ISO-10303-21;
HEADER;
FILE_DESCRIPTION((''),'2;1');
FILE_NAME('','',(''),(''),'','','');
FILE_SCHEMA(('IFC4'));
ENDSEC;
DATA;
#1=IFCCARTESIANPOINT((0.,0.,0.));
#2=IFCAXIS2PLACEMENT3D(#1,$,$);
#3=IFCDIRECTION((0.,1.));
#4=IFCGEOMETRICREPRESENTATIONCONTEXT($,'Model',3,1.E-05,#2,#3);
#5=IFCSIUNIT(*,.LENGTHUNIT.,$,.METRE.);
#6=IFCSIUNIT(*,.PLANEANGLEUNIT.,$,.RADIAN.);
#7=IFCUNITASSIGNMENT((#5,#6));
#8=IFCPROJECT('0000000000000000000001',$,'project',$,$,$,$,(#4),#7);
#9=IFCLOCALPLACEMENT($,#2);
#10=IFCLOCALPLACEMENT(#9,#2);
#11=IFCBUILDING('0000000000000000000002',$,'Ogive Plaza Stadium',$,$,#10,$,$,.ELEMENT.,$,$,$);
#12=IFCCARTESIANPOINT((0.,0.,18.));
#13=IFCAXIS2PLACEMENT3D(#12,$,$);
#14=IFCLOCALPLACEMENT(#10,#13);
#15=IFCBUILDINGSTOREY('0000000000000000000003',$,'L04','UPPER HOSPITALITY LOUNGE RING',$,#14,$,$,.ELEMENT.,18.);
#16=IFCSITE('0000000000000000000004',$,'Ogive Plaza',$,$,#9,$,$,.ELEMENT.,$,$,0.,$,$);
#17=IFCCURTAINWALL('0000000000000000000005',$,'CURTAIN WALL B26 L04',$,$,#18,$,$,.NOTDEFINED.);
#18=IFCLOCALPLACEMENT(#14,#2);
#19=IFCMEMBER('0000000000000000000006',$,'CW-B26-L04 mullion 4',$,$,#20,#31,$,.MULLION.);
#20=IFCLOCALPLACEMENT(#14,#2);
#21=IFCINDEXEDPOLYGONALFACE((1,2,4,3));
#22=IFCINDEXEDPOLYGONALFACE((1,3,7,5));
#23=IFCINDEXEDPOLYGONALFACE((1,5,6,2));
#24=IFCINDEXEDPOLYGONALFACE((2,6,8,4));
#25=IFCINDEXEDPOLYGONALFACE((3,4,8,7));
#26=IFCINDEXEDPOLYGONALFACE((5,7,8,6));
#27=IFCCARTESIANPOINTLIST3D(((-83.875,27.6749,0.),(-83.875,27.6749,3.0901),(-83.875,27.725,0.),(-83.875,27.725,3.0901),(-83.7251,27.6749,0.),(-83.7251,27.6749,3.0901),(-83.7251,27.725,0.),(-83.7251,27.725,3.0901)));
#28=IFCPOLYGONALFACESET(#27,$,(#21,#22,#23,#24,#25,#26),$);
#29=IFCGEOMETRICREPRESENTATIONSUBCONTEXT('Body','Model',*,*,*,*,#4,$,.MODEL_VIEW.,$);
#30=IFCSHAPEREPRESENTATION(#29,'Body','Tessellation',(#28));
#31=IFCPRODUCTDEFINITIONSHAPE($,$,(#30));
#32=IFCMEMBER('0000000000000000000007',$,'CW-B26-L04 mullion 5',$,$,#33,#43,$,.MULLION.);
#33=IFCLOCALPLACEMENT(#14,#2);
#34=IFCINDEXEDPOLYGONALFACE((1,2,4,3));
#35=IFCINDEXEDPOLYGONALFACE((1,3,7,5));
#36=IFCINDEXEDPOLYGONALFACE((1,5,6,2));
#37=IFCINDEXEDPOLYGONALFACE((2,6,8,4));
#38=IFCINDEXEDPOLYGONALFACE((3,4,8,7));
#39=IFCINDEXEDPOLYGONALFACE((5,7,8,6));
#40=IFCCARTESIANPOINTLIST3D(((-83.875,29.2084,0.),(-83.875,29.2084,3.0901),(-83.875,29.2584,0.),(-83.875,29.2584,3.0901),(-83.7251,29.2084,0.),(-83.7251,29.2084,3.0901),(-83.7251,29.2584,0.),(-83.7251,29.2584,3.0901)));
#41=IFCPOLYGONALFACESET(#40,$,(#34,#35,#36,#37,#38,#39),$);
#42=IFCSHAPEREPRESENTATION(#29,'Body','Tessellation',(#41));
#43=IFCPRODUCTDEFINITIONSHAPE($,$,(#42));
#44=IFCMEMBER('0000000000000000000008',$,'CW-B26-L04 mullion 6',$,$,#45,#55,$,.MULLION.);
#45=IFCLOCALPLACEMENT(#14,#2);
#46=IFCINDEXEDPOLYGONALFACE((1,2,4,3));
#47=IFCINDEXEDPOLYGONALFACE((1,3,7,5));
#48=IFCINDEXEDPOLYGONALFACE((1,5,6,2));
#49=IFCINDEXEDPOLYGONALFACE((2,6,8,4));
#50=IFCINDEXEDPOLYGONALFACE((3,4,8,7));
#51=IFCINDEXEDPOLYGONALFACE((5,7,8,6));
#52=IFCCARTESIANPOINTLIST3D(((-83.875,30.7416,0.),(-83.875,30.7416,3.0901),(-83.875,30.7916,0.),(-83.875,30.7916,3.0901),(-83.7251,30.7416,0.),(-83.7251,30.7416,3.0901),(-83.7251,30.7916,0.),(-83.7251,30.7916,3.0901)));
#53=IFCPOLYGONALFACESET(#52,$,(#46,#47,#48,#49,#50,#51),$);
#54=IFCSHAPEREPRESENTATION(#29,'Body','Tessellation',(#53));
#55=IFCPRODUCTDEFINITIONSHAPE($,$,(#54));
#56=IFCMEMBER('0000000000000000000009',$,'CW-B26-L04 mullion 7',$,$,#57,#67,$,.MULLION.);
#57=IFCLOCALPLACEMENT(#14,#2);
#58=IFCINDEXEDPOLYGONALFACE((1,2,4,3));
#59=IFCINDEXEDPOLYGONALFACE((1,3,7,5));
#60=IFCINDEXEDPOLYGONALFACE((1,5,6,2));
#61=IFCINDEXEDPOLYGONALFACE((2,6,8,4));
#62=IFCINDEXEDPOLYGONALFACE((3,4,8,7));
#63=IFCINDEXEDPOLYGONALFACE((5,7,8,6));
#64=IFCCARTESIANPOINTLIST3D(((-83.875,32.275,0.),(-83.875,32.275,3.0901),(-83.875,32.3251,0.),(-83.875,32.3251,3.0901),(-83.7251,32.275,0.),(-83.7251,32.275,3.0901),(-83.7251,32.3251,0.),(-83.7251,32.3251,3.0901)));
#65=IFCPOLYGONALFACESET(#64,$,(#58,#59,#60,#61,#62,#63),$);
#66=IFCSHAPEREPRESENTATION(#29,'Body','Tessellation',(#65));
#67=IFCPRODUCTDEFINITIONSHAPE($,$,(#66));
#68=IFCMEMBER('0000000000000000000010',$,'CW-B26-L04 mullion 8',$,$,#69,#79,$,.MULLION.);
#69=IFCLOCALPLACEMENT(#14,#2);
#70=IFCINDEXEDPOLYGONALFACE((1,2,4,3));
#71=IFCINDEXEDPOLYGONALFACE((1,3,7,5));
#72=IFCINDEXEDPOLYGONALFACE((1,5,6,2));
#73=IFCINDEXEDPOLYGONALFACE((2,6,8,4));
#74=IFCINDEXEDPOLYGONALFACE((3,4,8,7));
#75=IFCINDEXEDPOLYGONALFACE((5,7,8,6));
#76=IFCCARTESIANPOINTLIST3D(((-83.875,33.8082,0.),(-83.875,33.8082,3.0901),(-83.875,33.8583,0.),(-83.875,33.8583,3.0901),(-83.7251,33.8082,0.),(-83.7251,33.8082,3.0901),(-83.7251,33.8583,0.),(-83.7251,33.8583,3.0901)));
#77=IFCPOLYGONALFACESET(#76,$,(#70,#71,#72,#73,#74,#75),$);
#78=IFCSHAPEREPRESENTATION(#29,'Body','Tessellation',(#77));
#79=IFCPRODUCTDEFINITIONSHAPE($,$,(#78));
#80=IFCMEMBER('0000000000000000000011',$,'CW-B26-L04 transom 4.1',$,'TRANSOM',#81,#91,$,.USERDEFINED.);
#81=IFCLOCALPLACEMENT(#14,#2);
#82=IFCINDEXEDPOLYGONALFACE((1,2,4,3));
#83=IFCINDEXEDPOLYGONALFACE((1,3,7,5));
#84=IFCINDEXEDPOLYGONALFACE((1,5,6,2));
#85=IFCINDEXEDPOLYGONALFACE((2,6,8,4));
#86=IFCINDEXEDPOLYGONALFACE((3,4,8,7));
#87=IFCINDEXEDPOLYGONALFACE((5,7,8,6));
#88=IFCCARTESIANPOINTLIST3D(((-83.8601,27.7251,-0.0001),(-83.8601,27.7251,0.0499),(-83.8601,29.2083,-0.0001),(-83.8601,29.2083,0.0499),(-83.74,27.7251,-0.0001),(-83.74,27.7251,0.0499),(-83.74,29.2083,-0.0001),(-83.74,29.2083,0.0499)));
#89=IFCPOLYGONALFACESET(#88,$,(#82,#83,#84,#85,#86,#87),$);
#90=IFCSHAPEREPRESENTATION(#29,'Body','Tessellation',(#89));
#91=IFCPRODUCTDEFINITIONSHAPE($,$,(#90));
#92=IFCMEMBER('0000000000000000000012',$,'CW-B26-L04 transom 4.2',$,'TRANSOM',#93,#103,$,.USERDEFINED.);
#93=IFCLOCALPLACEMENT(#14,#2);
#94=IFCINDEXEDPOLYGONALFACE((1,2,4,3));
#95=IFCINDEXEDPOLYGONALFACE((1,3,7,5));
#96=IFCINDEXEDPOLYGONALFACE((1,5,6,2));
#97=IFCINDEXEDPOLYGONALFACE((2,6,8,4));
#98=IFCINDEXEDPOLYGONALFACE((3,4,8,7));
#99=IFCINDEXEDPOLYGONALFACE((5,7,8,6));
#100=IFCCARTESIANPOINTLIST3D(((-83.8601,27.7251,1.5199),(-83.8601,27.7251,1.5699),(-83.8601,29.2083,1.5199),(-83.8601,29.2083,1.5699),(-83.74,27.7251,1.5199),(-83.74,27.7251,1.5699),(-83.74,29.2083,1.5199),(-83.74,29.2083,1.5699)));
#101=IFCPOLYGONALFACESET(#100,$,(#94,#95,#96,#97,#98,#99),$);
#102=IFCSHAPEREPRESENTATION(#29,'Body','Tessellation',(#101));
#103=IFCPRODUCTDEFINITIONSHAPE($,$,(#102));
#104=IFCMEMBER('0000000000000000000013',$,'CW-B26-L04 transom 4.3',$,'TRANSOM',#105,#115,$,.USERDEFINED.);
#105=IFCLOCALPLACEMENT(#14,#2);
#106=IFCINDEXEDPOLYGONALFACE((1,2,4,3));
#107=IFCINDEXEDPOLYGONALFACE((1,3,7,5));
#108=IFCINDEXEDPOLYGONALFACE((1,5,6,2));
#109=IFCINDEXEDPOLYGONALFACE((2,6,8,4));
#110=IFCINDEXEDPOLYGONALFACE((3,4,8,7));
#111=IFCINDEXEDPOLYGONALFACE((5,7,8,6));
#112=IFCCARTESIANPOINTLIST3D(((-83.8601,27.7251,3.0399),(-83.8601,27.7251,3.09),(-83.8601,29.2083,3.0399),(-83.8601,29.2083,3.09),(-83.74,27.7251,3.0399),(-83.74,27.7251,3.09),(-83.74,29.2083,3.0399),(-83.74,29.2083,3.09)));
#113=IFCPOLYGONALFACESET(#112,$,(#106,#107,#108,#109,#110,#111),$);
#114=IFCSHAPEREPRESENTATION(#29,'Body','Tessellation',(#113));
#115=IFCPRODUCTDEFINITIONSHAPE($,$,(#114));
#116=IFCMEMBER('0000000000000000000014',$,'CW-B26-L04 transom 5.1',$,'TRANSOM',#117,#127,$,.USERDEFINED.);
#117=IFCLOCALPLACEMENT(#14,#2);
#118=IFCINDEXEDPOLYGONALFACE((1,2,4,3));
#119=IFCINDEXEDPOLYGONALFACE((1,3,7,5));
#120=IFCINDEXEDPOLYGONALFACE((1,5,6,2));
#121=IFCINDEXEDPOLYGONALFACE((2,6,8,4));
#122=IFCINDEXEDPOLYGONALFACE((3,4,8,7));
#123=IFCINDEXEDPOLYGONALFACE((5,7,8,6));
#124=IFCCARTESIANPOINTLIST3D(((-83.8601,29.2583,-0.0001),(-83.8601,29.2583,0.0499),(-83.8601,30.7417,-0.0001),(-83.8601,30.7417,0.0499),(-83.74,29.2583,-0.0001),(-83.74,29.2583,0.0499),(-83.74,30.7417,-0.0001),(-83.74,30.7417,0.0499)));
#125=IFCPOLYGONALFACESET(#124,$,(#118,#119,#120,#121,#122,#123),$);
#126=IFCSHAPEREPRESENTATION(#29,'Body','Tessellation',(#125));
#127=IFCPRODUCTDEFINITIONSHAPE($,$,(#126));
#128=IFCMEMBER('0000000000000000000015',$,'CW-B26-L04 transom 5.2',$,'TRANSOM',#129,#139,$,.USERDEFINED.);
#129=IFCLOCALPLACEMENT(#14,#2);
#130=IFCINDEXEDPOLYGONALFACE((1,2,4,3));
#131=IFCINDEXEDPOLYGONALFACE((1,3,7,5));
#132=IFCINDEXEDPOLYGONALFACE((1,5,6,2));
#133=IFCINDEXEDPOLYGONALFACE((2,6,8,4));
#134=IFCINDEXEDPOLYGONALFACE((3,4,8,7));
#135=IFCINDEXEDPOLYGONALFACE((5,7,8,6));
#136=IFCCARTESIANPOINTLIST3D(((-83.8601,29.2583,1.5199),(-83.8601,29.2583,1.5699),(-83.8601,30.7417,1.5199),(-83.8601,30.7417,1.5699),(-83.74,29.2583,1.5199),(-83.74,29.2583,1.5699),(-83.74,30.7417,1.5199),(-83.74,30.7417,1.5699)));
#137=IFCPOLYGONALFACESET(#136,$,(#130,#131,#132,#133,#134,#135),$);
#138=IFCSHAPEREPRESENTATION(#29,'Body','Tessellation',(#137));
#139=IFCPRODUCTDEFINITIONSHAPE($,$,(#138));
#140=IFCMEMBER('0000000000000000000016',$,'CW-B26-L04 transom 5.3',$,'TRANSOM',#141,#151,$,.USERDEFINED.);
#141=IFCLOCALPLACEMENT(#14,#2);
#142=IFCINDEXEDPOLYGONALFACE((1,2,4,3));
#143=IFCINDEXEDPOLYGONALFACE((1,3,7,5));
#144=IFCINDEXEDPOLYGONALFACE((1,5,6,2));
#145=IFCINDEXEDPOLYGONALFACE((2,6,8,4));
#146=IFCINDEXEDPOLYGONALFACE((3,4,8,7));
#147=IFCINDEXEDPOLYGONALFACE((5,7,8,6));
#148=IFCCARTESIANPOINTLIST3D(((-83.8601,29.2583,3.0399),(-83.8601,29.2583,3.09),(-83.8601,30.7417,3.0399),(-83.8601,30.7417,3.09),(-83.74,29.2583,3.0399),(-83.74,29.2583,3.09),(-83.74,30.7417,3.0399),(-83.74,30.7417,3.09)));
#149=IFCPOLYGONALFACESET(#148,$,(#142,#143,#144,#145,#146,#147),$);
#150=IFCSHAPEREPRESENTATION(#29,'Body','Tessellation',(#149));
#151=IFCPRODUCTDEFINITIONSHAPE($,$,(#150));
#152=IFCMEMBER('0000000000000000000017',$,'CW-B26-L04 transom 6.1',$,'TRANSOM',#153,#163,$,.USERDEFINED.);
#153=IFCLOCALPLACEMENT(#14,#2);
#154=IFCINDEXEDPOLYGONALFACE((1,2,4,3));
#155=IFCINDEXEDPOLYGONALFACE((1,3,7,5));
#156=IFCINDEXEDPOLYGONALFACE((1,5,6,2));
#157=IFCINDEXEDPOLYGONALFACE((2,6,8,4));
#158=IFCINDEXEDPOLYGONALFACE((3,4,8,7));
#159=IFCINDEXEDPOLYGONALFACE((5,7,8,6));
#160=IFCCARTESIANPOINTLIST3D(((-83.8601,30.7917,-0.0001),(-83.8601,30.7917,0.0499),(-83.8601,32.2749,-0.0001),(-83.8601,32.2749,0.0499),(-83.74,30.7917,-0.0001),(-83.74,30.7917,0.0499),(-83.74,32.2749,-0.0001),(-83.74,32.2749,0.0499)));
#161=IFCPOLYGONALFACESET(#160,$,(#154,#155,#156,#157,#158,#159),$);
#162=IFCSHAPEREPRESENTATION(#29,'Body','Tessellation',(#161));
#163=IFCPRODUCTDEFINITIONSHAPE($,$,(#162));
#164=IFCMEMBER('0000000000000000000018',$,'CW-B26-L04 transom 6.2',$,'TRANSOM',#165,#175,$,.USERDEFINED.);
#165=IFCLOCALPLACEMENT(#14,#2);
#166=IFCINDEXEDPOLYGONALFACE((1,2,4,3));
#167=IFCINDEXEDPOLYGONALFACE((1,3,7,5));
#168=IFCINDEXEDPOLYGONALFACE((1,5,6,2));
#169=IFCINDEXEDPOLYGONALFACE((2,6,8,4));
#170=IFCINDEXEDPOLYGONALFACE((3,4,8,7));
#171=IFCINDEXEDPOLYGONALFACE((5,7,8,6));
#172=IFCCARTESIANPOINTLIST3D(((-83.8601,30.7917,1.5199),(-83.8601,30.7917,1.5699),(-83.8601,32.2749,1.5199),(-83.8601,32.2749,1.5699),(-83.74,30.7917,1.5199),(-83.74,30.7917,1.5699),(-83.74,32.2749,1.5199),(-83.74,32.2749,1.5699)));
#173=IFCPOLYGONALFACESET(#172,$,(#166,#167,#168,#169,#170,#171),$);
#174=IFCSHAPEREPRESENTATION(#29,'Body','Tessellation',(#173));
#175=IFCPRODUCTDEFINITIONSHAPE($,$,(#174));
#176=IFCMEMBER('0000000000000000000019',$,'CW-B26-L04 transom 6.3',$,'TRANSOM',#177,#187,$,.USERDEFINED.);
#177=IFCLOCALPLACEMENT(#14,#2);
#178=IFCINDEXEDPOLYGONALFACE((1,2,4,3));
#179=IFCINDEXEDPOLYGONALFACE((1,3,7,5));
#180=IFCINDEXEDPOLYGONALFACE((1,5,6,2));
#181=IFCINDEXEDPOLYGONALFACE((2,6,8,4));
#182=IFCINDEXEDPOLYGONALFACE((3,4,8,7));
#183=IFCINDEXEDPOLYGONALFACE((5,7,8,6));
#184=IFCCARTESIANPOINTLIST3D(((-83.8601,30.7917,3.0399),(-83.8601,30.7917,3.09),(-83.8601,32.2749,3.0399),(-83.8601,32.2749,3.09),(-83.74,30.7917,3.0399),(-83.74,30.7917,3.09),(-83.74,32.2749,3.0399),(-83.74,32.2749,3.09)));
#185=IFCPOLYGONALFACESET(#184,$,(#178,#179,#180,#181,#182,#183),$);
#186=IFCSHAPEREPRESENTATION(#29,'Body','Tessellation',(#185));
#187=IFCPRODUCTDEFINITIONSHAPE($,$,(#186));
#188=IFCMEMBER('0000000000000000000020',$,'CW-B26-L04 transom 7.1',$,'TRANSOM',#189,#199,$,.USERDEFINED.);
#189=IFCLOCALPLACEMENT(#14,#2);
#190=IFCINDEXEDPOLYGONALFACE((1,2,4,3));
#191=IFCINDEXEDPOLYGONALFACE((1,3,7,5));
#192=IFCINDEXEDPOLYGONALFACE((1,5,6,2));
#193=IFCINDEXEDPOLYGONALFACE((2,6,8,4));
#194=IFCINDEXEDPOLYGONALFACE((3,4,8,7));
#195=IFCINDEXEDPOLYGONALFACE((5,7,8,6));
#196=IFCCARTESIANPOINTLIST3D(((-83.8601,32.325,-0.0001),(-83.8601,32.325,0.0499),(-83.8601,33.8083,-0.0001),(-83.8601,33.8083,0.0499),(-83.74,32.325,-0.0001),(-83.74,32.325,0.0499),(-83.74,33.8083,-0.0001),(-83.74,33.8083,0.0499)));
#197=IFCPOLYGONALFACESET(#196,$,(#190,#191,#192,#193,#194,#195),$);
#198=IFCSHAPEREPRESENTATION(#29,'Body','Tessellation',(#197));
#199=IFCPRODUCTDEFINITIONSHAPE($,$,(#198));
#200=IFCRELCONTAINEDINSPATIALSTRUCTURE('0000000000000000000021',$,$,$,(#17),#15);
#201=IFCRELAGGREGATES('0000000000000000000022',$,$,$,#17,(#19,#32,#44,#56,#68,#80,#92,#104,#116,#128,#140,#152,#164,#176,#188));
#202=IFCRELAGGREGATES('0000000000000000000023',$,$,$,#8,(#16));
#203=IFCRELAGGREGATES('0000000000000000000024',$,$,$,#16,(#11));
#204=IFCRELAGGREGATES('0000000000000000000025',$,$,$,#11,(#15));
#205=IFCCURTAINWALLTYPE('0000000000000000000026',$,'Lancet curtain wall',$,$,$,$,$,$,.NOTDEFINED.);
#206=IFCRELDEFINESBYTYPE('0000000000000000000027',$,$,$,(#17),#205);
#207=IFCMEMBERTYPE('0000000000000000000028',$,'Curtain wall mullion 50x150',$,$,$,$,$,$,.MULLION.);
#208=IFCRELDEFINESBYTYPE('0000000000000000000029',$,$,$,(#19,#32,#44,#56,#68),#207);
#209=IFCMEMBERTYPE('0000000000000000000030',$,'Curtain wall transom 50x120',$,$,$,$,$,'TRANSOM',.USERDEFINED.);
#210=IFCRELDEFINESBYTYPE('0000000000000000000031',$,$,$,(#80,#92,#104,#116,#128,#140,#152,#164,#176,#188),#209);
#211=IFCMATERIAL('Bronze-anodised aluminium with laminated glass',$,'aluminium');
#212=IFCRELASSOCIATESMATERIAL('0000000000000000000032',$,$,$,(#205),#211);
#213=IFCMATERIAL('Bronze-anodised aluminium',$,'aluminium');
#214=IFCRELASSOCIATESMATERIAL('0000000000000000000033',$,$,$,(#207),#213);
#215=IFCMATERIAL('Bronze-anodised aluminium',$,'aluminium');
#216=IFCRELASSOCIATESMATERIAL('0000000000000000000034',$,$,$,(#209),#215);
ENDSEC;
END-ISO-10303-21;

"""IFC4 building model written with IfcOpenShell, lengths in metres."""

from ifc_helpers import new_model, si_unit, direction, frame, origin, origin_2d, place, context, subcontext, project, spatial, rectangle, extrude, material, material_profile, profile_set, type_object, element, aggregate, save


model = new_model("IFC4")

# Units and contexts
model_context = context("Model", 3, precision=1e-05, world=origin(), true_north=direction((0.0, 1.0)))
body_context = subcontext(model_context, "Body", "Model", "MODEL_VIEW")
ifc_project = project(units=[si_unit("LENGTHUNIT", "METRE"), si_unit("PLANEANGLEUNIT", "RADIAN")], contexts=[model_context])

# Site, building, storey
site_placement = place(None, origin())
site = spatial("IfcSite", under=ifc_project, at=site_placement, Name="Ogive Plaza", CompositionType="ELEMENT", RefElevation=0.0)
building_placement = place(site_placement, origin())
building = spatial("IfcBuilding", under=site, at=building_placement, Name="Ogive Plaza Stadium", CompositionType="ELEMENT")
storey_placement = place(building_placement, frame((0.0, 0.0, 18.0)))
storey = spatial("IfcBuildingStorey", under=building, at=storey_placement, Name="L04", Description="UPPER HOSPITALITY LOUNGE RING", CompositionType="ELEMENT", Elevation=18.0)

# Curtain wall, members
ifc_material_1 = material(Name="Bronze-anodised aluminium with laminated glass", Category="aluminium")
curtain_wall_type = type_object("IfcCurtainWallType", Name="Lancet curtain wall", PredefinedType="NOTDEFINED", material=ifc_material_1)
curtain_wall_placement = place(storey_placement, origin())
curtain_wall = element("IfcCurtainWall", 1, at=curtain_wall_placement, inside=storey, type_object=curtain_wall_type, Name="CURTAIN WALL B26 L04", PredefinedType="NOTDEFINED")
ifc_material_2 = material(Name="Bronze-anodised aluminium", Category="aluminium")
ifc_material_profile_1 = material_profile(ifc_material_2, rectangle(XDim=0.1499, YDim=0.05, at=origin_2d()), Name="AL 150x50")
ifc_profile_set_1 = profile_set([ifc_material_profile_1], Name="Bronze-anodised aluminium")
member_type_1 = type_object("IfcMemberType", Name="Curtain wall mullion 50x150", PredefinedType="MULLION", material=ifc_profile_set_1)
member_1_placement = place(storey_placement, frame((-83.8, 27.7, 0.0), z_axis=(0.0, 0.0, 1.0), x_axis=(-1.0, 0.0, 0.0)))
member_1 = element("IfcMember", 2, at=member_1_placement, type_object=member_type_1, Name="CW-B26-L04 mullion 4", PredefinedType="MULLION", context=body_context, shape_type="SweptSolid", body=[
    extrude(rectangle(XDim=0.1499, YDim=0.05, at=origin_2d()), origin(), (0.0, 0.0, 1.0), 3.0901),
])
member_2_placement = place(storey_placement, frame((-83.8, 29.2334, 0.0), z_axis=(0.0, 0.0, 1.0), x_axis=(-1.0, 0.0, 0.0)))
member_2 = element("IfcMember", 3, at=member_2_placement, type_object=member_type_1, Name="CW-B26-L04 mullion 5", PredefinedType="MULLION", context=body_context, shape_type="SweptSolid", body=[
    extrude(rectangle(XDim=0.1499, YDim=0.05, at=origin_2d()), origin(), (0.0, 0.0, 1.0), 3.0901),
])
member_3_placement = place(storey_placement, frame((-83.8, 30.7666, 0.0), z_axis=(0.0, 0.0, 1.0), x_axis=(-1.0, 0.0, 0.0)))
member_3 = element("IfcMember", 4, at=member_3_placement, type_object=member_type_1, Name="CW-B26-L04 mullion 6", PredefinedType="MULLION", context=body_context, shape_type="SweptSolid", body=[
    extrude(rectangle(XDim=0.1499, YDim=0.05, at=origin_2d()), origin(), (0.0, 0.0, 1.0), 3.0901),
])
member_4_placement = place(storey_placement, frame((-83.8, 32.3, 0.0), z_axis=(0.0, 0.0, 1.0), x_axis=(-1.0, 0.0, 0.0)))
member_4 = element("IfcMember", 5, at=member_4_placement, type_object=member_type_1, Name="CW-B26-L04 mullion 7", PredefinedType="MULLION", context=body_context, shape_type="SweptSolid", body=[
    extrude(rectangle(XDim=0.1499, YDim=0.05, at=origin_2d()), origin(), (0.0, 0.0, 1.0), 3.0901),
])
member_5_placement = place(storey_placement, frame((-83.8, 33.8333, 0.0), z_axis=(0.0, 0.0, 1.0), x_axis=(-1.0, 0.0, 0.0)))
member_5 = element("IfcMember", 6, at=member_5_placement, type_object=member_type_1, Name="CW-B26-L04 mullion 8", PredefinedType="MULLION", context=body_context, shape_type="SweptSolid", body=[
    extrude(rectangle(XDim=0.1499, YDim=0.05, at=origin_2d()), origin(), (0.0, 0.0, 1.0), 3.0901),
])
ifc_material_3 = material(Name="Bronze-anodised aluminium", Category="aluminium")
ifc_material_profile_2 = material_profile(ifc_material_3, rectangle(XDim=0.1201, YDim=0.05, at=origin_2d()), Name="AL 120x50")
ifc_profile_set_2 = profile_set([ifc_material_profile_2], Name="Bronze-anodised aluminium")
member_type_2 = type_object("IfcMemberType", Name="Curtain wall transom 50x120", ElementType="TRANSOM", PredefinedType="USERDEFINED", material=ifc_profile_set_2)
member_6_placement = place(storey_placement, frame((-83.8, 27.7251, 0.0249), z_axis=(0.0, 1.0, 0.0), x_axis=(-1.0, 0.0, 0.0)))
member_6 = element("IfcMember", 7, at=member_6_placement, type_object=member_type_2, Name="CW-B26-L04 transom 4.1", ObjectType="TRANSOM", PredefinedType="USERDEFINED", context=body_context, shape_type="SweptSolid", body=[
    extrude(rectangle(XDim=0.1201, YDim=0.05, at=origin_2d()), origin(), (0.0, 0.0, 1.0), 1.4832),
])
member_7_placement = place(storey_placement, frame((-83.8, 27.7251, 1.5449), z_axis=(0.0, 1.0, 0.0), x_axis=(-1.0, 0.0, 0.0)))
member_7 = element("IfcMember", 8, at=member_7_placement, type_object=member_type_2, Name="CW-B26-L04 transom 4.2", ObjectType="TRANSOM", PredefinedType="USERDEFINED", context=body_context, shape_type="SweptSolid", body=[
    extrude(rectangle(XDim=0.1201, YDim=0.05, at=origin_2d()), origin(), (0.0, 0.0, 1.0), 1.4832),
])
member_8_placement = place(storey_placement, frame((-83.8, 27.7251, 3.0649), z_axis=(0.0, 1.0, 0.0), x_axis=(-1.0, 0.0, 0.0)))
member_8 = element("IfcMember", 9, at=member_8_placement, type_object=member_type_2, Name="CW-B26-L04 transom 4.3", ObjectType="TRANSOM", PredefinedType="USERDEFINED", context=body_context, shape_type="SweptSolid", body=[
    extrude(rectangle(XDim=0.1201, YDim=0.05, at=origin_2d()), origin(), (0.0, 0.0, 1.0), 1.4832),
])
member_9_placement = place(storey_placement, frame((-83.8, 29.2583, 0.0249), z_axis=(0.0, 1.0, 0.0), x_axis=(-1.0, 0.0, 0.0)))
member_9 = element("IfcMember", 10, at=member_9_placement, type_object=member_type_2, Name="CW-B26-L04 transom 5.1", ObjectType="TRANSOM", PredefinedType="USERDEFINED", context=body_context, shape_type="SweptSolid", body=[
    extrude(rectangle(XDim=0.1201, YDim=0.05, at=origin_2d()), origin(), (0.0, 0.0, 1.0), 1.4834),
])
member_10_placement = place(storey_placement, frame((-83.8, 29.2583, 1.5449), z_axis=(0.0, 1.0, 0.0), x_axis=(-1.0, 0.0, 0.0)))
member_10 = element("IfcMember", 11, at=member_10_placement, type_object=member_type_2, Name="CW-B26-L04 transom 5.2", ObjectType="TRANSOM", PredefinedType="USERDEFINED", context=body_context, shape_type="SweptSolid", body=[
    extrude(rectangle(XDim=0.1201, YDim=0.05, at=origin_2d()), origin(), (0.0, 0.0, 1.0), 1.4834),
])
member_11_placement = place(storey_placement, frame((-83.8, 29.2583, 3.0649), z_axis=(0.0, 1.0, 0.0), x_axis=(-1.0, 0.0, 0.0)))
member_11 = element("IfcMember", 12, at=member_11_placement, type_object=member_type_2, Name="CW-B26-L04 transom 5.3", ObjectType="TRANSOM", PredefinedType="USERDEFINED", context=body_context, shape_type="SweptSolid", body=[
    extrude(rectangle(XDim=0.1201, YDim=0.05, at=origin_2d()), origin(), (0.0, 0.0, 1.0), 1.4834),
])
member_12_placement = place(storey_placement, frame((-83.8, 30.7917, 0.0249), z_axis=(0.0, 1.0, 0.0), x_axis=(-1.0, 0.0, 0.0)))
member_12 = element("IfcMember", 13, at=member_12_placement, type_object=member_type_2, Name="CW-B26-L04 transom 6.1", ObjectType="TRANSOM", PredefinedType="USERDEFINED", context=body_context, shape_type="SweptSolid", body=[
    extrude(rectangle(XDim=0.1201, YDim=0.05, at=origin_2d()), origin(), (0.0, 0.0, 1.0), 1.4832),
])
member_13_placement = place(storey_placement, frame((-83.8, 30.7917, 1.5449), z_axis=(0.0, 1.0, 0.0), x_axis=(-1.0, 0.0, 0.0)))
member_13 = element("IfcMember", 14, at=member_13_placement, type_object=member_type_2, Name="CW-B26-L04 transom 6.2", ObjectType="TRANSOM", PredefinedType="USERDEFINED", context=body_context, shape_type="SweptSolid", body=[
    extrude(rectangle(XDim=0.1201, YDim=0.05, at=origin_2d()), origin(), (0.0, 0.0, 1.0), 1.4832),
])
member_14_placement = place(storey_placement, frame((-83.8, 30.7917, 3.0649), z_axis=(0.0, 1.0, 0.0), x_axis=(-1.0, 0.0, 0.0)))
member_14 = element("IfcMember", 15, at=member_14_placement, type_object=member_type_2, Name="CW-B26-L04 transom 6.3", ObjectType="TRANSOM", PredefinedType="USERDEFINED", context=body_context, shape_type="SweptSolid", body=[
    extrude(rectangle(XDim=0.1201, YDim=0.05, at=origin_2d()), origin(), (0.0, 0.0, 1.0), 1.4832),
])
member_15_placement = place(storey_placement, frame((-83.8, 32.325, 0.0249), z_axis=(0.0, 1.0, 0.0), x_axis=(-1.0, 0.0, 0.0)))
member_15 = element("IfcMember", 16, at=member_15_placement, type_object=member_type_2, Name="CW-B26-L04 transom 7.1", ObjectType="TRANSOM", PredefinedType="USERDEFINED", context=body_context, shape_type="SweptSolid", body=[
    extrude(rectangle(XDim=0.1201, YDim=0.05, at=origin_2d()), origin(), (0.0, 0.0, 1.0), 1.4834),
])
aggregate(curtain_wall, [member_1, member_2, member_3, member_4, member_5, member_6, member_7, member_8, member_9, member_10, member_11, member_12, member_13, member_14, member_15])

save(model, "model.ifc")
